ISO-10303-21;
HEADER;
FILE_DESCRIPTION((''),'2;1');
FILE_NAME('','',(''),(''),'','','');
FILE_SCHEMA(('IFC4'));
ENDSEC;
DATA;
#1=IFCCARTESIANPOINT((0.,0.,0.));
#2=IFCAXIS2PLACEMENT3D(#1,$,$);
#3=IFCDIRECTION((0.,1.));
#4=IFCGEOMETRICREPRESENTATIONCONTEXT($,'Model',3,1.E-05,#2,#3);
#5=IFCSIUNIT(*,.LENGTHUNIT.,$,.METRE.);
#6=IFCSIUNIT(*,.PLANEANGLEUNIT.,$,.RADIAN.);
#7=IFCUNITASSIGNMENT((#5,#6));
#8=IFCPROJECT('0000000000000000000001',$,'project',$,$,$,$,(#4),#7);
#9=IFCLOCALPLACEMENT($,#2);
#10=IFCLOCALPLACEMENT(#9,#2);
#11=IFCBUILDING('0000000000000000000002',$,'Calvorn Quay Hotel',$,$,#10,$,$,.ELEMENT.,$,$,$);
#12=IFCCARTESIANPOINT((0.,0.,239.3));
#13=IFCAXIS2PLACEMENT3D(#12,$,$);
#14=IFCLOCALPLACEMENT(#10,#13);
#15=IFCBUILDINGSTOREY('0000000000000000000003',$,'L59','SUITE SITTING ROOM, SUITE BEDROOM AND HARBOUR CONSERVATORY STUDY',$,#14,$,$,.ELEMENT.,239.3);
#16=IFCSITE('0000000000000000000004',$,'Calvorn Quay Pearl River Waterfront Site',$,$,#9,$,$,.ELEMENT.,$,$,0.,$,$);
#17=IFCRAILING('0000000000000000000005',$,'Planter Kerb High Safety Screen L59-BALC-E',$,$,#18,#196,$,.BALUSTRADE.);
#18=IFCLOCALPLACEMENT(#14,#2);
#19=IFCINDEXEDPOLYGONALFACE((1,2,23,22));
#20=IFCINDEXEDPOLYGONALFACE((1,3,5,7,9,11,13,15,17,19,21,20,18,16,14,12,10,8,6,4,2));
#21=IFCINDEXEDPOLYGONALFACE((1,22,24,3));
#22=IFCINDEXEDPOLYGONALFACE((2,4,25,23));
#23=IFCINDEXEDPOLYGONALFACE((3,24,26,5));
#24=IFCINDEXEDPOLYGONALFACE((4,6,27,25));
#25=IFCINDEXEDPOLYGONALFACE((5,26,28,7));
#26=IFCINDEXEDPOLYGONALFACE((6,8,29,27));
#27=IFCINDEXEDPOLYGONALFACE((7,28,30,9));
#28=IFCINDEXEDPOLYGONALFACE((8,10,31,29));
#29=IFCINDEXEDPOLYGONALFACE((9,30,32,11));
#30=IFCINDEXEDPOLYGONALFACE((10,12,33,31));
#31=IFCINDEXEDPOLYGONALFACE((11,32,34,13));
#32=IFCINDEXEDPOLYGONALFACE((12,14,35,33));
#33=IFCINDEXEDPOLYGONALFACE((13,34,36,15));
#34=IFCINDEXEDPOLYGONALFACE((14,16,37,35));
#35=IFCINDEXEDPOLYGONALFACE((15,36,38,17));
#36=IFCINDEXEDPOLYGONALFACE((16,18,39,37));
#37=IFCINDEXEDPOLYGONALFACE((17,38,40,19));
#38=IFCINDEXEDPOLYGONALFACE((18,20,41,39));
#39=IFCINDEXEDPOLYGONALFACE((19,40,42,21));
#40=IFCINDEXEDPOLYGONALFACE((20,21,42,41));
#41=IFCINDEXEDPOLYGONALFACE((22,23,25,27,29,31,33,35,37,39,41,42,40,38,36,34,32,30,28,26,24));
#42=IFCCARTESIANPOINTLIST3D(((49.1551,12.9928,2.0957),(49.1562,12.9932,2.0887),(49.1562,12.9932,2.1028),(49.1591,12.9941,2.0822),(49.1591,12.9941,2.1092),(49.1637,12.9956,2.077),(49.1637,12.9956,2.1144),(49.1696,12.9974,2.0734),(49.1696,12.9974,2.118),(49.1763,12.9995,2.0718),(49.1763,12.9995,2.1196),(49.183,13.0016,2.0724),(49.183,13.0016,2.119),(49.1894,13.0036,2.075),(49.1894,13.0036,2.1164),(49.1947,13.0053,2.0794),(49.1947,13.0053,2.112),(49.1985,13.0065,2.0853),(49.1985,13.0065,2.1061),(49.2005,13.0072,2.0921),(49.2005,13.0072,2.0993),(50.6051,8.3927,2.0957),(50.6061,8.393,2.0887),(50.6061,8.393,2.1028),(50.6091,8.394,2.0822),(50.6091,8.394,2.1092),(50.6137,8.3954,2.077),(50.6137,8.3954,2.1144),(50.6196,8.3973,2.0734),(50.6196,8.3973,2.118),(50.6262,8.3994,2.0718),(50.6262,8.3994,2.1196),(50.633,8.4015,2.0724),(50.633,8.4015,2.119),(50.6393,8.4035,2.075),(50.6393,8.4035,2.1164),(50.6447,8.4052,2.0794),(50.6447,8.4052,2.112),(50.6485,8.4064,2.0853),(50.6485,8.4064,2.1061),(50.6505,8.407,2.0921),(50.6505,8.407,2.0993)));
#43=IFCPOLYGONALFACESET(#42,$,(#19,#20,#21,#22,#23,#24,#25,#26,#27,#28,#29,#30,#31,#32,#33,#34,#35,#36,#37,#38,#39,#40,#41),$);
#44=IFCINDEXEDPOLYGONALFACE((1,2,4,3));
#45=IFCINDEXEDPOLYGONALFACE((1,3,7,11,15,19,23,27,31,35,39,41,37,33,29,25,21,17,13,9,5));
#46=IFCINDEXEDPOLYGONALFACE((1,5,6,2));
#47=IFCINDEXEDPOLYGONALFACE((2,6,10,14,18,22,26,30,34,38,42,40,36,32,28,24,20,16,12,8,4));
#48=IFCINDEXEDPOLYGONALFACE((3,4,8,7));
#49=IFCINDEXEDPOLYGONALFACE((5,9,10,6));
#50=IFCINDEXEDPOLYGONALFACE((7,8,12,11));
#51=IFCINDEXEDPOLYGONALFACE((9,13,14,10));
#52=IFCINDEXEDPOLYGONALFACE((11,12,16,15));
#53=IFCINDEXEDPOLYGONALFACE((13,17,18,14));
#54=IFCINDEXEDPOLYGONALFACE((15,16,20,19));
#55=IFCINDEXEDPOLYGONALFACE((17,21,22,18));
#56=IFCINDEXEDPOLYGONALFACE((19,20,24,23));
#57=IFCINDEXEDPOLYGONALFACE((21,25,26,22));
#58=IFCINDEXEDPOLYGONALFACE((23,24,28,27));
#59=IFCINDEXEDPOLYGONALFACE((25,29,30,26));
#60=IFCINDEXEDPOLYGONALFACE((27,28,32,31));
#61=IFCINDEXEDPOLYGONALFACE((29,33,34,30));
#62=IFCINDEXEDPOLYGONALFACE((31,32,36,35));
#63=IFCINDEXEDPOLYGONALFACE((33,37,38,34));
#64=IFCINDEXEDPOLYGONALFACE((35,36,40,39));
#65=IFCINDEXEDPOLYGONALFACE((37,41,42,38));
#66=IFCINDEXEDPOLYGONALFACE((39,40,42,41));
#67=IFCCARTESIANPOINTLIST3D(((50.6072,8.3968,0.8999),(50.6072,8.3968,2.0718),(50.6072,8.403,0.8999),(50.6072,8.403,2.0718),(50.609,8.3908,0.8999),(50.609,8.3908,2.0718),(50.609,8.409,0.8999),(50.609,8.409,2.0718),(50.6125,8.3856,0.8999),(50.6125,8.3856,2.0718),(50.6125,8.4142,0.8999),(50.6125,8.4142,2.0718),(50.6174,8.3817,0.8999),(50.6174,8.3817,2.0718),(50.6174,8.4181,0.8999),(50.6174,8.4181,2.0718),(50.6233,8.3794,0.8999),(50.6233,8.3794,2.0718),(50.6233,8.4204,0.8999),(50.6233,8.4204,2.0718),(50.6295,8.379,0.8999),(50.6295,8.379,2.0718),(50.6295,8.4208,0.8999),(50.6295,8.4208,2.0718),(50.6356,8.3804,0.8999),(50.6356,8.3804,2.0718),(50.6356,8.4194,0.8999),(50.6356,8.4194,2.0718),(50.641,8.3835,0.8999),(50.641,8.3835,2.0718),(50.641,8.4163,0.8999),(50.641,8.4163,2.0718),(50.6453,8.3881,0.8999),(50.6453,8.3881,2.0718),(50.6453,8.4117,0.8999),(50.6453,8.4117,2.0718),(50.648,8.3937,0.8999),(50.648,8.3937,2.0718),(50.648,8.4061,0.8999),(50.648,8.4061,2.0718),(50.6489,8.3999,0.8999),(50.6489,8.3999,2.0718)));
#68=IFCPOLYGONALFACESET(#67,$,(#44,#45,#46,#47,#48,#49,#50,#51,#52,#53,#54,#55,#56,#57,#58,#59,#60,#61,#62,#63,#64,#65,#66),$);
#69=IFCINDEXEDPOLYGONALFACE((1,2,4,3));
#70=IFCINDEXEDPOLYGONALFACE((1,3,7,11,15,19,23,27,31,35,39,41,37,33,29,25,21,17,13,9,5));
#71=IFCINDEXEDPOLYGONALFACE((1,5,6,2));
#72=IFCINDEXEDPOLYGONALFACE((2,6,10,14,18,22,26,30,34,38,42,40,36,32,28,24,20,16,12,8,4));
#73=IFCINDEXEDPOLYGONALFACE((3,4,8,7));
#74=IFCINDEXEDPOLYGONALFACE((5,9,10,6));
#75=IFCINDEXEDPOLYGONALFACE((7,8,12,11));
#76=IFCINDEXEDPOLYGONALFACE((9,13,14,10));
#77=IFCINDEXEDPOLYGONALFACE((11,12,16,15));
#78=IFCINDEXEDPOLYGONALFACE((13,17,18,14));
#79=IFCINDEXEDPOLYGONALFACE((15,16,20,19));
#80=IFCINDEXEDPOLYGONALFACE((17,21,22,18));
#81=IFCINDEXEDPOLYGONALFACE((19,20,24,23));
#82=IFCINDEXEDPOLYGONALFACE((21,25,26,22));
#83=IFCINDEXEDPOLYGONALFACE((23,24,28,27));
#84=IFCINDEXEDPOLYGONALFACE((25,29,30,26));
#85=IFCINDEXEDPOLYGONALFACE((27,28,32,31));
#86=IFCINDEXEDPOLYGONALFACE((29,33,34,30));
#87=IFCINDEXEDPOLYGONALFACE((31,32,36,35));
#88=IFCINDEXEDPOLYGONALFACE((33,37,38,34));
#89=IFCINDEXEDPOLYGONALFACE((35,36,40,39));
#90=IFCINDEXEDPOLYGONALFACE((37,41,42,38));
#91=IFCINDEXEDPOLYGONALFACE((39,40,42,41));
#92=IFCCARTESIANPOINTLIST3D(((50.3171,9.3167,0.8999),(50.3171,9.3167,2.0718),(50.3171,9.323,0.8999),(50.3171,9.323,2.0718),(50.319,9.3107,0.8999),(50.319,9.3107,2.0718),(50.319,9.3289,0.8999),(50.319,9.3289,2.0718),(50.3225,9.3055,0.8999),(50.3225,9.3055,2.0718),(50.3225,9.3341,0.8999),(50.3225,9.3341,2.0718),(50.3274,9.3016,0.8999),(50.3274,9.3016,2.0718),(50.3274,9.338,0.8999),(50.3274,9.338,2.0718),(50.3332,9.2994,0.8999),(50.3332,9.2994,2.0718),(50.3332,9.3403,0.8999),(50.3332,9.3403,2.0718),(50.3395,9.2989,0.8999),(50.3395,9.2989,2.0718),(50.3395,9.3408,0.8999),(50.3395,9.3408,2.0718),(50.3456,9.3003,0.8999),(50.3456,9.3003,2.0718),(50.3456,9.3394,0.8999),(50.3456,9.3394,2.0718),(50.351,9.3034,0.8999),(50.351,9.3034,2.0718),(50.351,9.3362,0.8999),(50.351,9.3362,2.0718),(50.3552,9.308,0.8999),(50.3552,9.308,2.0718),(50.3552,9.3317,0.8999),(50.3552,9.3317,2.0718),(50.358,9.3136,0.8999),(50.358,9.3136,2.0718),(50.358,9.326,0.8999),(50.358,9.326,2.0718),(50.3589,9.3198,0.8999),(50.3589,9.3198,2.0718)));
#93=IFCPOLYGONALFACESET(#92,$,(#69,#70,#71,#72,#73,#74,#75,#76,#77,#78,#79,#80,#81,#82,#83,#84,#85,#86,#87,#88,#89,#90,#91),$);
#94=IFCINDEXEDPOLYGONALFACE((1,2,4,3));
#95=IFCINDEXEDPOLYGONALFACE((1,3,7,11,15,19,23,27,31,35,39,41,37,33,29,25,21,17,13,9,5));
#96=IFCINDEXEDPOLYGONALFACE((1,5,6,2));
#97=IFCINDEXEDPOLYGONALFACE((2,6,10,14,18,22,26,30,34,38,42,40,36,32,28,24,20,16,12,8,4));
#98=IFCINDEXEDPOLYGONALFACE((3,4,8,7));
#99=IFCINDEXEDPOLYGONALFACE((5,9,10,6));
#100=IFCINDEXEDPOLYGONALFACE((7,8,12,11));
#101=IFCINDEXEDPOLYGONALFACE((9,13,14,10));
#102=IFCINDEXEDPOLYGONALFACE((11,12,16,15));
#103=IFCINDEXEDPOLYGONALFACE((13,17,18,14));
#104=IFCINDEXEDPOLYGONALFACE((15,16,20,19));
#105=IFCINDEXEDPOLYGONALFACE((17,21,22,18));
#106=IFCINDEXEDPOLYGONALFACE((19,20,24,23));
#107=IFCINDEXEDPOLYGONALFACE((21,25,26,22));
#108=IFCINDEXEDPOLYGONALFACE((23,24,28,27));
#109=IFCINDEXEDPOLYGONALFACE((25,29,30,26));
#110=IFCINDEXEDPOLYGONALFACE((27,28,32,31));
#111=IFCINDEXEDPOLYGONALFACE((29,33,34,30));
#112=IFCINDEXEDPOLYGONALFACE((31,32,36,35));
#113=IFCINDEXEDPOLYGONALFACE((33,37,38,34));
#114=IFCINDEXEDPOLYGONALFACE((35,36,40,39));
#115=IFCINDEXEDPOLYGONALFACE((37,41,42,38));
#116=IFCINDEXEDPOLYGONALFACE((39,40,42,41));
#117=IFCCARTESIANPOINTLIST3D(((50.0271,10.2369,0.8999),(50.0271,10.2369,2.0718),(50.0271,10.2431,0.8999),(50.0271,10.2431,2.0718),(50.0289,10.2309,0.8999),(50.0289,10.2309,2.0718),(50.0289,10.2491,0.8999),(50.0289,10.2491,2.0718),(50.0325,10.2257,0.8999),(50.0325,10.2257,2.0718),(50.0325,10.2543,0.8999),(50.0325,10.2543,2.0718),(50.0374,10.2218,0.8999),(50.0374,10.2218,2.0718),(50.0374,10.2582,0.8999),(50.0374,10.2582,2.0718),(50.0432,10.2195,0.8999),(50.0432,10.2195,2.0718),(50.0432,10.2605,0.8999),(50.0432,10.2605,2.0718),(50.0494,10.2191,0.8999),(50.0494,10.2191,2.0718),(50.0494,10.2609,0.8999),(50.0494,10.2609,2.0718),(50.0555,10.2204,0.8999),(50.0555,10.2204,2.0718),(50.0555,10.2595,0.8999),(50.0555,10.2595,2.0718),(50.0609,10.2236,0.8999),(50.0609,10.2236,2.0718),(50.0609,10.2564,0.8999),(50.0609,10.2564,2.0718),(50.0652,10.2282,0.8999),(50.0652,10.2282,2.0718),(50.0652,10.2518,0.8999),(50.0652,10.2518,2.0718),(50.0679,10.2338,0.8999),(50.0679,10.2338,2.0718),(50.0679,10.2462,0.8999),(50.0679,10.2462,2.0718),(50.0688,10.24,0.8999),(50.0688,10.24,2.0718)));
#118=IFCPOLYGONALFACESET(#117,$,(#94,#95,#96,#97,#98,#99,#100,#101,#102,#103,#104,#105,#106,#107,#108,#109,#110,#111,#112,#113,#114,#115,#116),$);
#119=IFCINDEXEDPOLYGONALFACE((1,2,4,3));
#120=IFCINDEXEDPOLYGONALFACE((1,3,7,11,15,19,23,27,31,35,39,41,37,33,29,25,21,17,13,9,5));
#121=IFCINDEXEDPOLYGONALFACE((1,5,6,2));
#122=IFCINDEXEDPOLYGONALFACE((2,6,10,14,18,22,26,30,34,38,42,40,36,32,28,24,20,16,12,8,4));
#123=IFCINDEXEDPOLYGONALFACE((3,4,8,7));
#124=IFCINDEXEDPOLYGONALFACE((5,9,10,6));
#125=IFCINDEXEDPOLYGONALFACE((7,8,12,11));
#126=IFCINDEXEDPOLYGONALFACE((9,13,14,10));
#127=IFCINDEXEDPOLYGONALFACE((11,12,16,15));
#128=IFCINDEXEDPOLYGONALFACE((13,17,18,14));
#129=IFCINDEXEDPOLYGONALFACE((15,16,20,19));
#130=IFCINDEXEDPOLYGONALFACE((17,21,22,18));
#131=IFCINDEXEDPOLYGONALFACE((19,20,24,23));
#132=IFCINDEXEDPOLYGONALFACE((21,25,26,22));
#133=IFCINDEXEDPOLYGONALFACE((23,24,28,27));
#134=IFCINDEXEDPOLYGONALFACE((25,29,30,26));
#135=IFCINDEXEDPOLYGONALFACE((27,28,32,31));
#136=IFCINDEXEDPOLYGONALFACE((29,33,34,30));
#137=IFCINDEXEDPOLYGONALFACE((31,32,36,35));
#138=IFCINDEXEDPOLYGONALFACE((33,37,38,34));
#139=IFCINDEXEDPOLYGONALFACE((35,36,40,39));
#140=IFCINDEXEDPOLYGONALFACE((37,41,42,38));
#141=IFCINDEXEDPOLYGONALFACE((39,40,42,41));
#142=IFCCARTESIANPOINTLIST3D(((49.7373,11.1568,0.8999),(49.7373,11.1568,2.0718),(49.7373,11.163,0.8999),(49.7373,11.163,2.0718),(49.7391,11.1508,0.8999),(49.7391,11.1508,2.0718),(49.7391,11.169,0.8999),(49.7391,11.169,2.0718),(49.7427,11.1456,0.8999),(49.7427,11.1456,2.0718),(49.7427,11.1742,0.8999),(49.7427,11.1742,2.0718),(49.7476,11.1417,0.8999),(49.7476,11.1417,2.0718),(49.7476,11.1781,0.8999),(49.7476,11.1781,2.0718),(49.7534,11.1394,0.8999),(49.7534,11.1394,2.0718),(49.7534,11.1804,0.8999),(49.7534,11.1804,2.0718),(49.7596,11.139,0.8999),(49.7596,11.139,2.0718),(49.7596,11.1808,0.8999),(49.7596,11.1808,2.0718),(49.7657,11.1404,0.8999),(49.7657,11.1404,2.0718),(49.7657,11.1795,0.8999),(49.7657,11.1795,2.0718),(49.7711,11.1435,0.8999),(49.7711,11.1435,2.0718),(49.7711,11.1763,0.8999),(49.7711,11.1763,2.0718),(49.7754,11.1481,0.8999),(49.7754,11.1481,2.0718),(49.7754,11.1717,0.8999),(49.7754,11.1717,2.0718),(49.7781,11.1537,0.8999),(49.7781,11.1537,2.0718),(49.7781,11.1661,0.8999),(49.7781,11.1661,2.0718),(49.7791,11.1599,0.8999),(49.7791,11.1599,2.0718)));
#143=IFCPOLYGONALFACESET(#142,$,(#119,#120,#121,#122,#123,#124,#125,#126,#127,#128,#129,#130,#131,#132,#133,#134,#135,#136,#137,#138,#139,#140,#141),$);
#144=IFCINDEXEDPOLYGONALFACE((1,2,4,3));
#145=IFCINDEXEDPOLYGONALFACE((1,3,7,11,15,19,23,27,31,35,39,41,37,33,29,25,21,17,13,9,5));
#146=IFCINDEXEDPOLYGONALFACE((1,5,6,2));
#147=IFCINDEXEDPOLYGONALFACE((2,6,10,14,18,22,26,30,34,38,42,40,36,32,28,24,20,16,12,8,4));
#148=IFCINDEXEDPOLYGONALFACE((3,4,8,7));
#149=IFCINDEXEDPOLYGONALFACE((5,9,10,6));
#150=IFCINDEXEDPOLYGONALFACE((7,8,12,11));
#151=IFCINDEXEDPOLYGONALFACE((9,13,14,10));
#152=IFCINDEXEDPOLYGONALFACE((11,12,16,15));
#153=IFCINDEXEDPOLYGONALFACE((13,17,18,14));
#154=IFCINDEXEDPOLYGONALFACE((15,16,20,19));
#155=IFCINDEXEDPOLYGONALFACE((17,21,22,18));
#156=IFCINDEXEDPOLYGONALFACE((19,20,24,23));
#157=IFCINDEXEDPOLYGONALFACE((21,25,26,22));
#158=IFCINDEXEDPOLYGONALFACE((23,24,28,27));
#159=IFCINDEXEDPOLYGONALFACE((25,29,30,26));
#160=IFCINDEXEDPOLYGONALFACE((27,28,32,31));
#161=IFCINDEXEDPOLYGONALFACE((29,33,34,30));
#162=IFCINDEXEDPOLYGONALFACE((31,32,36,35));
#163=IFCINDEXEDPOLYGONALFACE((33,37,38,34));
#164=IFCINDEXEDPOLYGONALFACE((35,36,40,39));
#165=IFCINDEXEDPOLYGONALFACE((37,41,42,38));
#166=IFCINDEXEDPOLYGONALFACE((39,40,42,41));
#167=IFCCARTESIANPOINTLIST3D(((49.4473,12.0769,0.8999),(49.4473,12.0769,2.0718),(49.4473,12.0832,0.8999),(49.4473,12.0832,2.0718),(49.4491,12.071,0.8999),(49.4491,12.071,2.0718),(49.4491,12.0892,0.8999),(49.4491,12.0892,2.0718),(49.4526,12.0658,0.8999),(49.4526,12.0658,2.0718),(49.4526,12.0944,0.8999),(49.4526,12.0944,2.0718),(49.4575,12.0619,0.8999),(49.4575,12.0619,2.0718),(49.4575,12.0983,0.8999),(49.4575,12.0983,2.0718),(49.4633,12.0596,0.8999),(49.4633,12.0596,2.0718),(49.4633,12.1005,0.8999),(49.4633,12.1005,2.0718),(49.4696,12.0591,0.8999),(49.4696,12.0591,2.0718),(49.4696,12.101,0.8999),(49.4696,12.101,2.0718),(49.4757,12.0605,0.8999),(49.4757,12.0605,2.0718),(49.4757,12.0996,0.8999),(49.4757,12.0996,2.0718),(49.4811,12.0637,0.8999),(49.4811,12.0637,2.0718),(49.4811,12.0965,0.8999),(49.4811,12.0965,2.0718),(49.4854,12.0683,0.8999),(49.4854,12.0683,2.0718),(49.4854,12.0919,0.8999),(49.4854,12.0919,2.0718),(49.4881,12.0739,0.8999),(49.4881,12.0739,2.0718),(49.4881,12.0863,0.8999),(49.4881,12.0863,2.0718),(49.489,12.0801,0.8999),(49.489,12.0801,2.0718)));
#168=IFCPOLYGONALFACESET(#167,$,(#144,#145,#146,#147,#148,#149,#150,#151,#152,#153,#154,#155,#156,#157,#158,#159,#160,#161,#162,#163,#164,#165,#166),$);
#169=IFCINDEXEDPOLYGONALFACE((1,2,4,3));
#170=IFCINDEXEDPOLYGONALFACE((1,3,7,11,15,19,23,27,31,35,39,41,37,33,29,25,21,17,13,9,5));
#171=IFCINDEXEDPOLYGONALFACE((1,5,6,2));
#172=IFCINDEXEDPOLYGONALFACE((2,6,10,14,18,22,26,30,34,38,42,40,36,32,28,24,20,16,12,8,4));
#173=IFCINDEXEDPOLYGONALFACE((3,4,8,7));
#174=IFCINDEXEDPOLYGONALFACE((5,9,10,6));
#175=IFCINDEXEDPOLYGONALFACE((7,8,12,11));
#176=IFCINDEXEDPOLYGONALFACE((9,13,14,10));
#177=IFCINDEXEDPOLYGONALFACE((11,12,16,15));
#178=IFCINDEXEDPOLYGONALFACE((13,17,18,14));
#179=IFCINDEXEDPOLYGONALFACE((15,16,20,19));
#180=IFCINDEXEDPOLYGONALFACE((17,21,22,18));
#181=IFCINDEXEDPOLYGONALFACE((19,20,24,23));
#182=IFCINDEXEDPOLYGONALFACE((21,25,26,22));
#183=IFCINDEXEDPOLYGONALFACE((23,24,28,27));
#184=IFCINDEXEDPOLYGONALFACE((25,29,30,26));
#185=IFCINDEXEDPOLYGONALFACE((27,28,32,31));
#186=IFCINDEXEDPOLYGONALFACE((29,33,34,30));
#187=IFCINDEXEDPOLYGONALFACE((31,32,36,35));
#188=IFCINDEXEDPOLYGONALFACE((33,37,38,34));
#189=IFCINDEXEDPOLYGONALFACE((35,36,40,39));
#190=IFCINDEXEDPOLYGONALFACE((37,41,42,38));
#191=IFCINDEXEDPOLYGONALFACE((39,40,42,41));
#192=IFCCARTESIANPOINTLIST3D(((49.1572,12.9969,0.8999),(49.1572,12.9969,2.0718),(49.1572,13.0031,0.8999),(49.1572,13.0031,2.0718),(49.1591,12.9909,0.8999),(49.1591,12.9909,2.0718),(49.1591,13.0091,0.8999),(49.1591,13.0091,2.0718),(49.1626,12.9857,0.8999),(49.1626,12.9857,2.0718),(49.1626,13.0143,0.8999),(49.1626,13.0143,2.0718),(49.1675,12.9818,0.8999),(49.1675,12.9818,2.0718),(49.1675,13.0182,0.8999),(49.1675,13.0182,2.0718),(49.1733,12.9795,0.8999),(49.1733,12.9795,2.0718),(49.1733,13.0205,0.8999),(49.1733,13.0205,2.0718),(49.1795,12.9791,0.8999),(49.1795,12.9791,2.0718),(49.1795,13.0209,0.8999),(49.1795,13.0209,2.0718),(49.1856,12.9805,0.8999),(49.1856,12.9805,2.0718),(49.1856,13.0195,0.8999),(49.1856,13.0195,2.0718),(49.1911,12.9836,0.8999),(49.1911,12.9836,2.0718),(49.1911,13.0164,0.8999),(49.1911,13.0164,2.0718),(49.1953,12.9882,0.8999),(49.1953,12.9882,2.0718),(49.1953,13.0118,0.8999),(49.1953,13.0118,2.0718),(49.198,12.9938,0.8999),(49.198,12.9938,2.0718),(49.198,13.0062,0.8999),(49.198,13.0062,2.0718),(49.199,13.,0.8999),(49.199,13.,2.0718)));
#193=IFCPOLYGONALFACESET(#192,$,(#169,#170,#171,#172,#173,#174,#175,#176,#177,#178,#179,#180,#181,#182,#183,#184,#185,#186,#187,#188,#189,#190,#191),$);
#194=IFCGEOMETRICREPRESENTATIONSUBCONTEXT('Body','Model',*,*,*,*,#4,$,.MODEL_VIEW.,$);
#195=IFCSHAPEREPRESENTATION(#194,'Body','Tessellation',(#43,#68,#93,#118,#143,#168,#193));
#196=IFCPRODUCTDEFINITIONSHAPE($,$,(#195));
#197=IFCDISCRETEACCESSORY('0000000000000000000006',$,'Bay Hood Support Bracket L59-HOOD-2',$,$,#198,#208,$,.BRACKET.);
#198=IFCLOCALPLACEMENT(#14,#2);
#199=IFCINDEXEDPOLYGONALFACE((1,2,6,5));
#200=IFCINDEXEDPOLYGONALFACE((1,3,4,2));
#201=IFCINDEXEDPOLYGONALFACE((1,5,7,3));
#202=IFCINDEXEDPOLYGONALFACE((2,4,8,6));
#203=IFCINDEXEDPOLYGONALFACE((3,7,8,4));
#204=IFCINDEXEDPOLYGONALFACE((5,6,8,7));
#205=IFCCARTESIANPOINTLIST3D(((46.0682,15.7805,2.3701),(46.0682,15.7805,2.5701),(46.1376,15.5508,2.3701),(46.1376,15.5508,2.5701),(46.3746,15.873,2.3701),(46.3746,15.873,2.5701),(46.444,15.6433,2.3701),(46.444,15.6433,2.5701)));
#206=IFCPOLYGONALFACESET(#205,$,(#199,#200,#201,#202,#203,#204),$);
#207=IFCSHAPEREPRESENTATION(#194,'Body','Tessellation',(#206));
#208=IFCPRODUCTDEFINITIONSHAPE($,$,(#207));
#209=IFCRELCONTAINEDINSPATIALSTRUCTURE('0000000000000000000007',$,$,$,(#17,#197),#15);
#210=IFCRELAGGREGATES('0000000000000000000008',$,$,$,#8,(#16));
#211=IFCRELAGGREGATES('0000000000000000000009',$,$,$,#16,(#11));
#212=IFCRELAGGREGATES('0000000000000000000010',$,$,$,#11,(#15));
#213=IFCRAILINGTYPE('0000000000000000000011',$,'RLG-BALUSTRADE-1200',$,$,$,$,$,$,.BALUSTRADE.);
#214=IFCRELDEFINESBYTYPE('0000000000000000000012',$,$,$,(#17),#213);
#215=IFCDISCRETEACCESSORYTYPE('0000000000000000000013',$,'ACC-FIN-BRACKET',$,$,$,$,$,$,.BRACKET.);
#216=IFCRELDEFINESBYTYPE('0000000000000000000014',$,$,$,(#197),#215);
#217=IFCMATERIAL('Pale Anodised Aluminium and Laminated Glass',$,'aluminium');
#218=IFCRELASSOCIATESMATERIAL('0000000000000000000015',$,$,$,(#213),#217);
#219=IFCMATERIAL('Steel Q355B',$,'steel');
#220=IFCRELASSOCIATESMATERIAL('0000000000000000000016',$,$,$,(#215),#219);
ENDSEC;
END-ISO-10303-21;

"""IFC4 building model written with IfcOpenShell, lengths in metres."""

from ifc_helpers import new_model, si_unit, direction, frame, origin, origin_2d, place, context, subcontext, project, spatial, rectangle, circle, extrude, material, type_object, element, save


model = new_model("IFC4")

# Units and contexts
model_context = context("Model", 3, precision=1e-05, world=origin(), true_north=direction((0.0, 1.0)))
body_context = subcontext(model_context, "Body", "Model", "MODEL_VIEW")
ifc_project = project(units=[si_unit("LENGTHUNIT", "METRE"), si_unit("PLANEANGLEUNIT", "RADIAN")], contexts=[model_context])

# Site, building, storey
site_placement = place(None, origin())
site = spatial("IfcSite", under=ifc_project, at=site_placement, Name="Calvorn Quay Pearl River Waterfront Site", CompositionType="ELEMENT", RefElevation=0.0)
building_placement = place(site_placement, origin())
building = spatial("IfcBuilding", under=site, at=building_placement, Name="Calvorn Quay Hotel", CompositionType="ELEMENT")
storey_placement = place(building_placement, frame((0.0, 0.0, 239.3)))
storey = spatial("IfcBuildingStorey", under=building, at=storey_placement, Name="L59", Description="SUITE SITTING ROOM, SUITE BEDROOM AND HARBOUR CONSERVATORY STUDY", CompositionType="ELEMENT", Elevation=239.3)

# Railing
ifc_material_1 = material(Name="Pale Anodised Aluminium and Laminated Glass", Category="aluminium")
railing_type = type_object("IfcRailingType", Name="RLG-BALUSTRADE-1200", PredefinedType="BALUSTRADE", material=ifc_material_1)
railing_1_placement = place(storey_placement, frame((50.6279, 8.3999, 0.8999)))
element("IfcRailing", 1, at=railing_1_placement, inside=storey, type_object=railing_type, Name="Planter Kerb High Safety Screen L59-BALC-E", PredefinedType="BALUSTRADE", context=body_context, shape_type="SweptSolid", body=[
    extrude(circle(Radius=0.0239, at=origin_2d()), frame((0.0, 0.0, 1.1958), z_axis=(-0.30062, 0.953744, 0.0), x_axis=(-0.953744, -0.30062, 0.0)), (0.0, 0.0, 1.0), 4.8232),
    extrude(circle(Radius=0.021, at=origin_2d()), origin(), (0.0, 0.0, 1.0), 1.1719),
    extrude(circle(Radius=0.021, at=origin_2d()), frame((-0.29, 0.9199, 0.0)), (0.0, 0.0, 1.0), 1.1719),
    extrude(circle(Radius=0.021, at=origin_2d()), frame((-0.5801, 1.8401, 0.0)), (0.0, 0.0, 1.0), 1.1719),
    extrude(circle(Radius=0.021, at=origin_2d()), frame((-0.8699, 2.76, 0.0)), (0.0, 0.0, 1.0), 1.1719),
    extrude(circle(Radius=0.021, at=origin_2d()), frame((-1.1599, 3.6802, 0.0)), (0.0, 0.0, 1.0), 1.1719),
    extrude(circle(Radius=0.021, at=origin_2d()), frame((-1.45, 4.6001, 0.0)), (0.0, 0.0, 1.0), 1.1719),
])

# Discrete accessory
ifc_material_2 = material(Name="Steel Q355B", Category="steel")
discrete_accessory_type_1 = type_object("IfcDiscreteAccessoryType", Name="ACC-FIN-BRACKET", PredefinedType="BRACKET", material=ifc_material_2)
discrete_accessory_1_placement = place(storey_placement, frame((46.2561, 15.7119, 2.3701), z_axis=(0.0, 0.0, 1.0), x_axis=(0.957319, 0.289032, 0.0)))
element("IfcDiscreteAccessory", 2, at=discrete_accessory_1_placement, inside=storey, type_object=discrete_accessory_type_1, Name="Bay Hood Support Bracket L59-HOOD-2", PredefinedType="BRACKET", context=body_context, shape_type="SweptSolid", body=[
    extrude(rectangle(XDim=0.3201, YDim=0.24, at=origin_2d()), origin(), (0.0, 0.0, 1.0), 0.2),
])

save(model, "model.ifc")
